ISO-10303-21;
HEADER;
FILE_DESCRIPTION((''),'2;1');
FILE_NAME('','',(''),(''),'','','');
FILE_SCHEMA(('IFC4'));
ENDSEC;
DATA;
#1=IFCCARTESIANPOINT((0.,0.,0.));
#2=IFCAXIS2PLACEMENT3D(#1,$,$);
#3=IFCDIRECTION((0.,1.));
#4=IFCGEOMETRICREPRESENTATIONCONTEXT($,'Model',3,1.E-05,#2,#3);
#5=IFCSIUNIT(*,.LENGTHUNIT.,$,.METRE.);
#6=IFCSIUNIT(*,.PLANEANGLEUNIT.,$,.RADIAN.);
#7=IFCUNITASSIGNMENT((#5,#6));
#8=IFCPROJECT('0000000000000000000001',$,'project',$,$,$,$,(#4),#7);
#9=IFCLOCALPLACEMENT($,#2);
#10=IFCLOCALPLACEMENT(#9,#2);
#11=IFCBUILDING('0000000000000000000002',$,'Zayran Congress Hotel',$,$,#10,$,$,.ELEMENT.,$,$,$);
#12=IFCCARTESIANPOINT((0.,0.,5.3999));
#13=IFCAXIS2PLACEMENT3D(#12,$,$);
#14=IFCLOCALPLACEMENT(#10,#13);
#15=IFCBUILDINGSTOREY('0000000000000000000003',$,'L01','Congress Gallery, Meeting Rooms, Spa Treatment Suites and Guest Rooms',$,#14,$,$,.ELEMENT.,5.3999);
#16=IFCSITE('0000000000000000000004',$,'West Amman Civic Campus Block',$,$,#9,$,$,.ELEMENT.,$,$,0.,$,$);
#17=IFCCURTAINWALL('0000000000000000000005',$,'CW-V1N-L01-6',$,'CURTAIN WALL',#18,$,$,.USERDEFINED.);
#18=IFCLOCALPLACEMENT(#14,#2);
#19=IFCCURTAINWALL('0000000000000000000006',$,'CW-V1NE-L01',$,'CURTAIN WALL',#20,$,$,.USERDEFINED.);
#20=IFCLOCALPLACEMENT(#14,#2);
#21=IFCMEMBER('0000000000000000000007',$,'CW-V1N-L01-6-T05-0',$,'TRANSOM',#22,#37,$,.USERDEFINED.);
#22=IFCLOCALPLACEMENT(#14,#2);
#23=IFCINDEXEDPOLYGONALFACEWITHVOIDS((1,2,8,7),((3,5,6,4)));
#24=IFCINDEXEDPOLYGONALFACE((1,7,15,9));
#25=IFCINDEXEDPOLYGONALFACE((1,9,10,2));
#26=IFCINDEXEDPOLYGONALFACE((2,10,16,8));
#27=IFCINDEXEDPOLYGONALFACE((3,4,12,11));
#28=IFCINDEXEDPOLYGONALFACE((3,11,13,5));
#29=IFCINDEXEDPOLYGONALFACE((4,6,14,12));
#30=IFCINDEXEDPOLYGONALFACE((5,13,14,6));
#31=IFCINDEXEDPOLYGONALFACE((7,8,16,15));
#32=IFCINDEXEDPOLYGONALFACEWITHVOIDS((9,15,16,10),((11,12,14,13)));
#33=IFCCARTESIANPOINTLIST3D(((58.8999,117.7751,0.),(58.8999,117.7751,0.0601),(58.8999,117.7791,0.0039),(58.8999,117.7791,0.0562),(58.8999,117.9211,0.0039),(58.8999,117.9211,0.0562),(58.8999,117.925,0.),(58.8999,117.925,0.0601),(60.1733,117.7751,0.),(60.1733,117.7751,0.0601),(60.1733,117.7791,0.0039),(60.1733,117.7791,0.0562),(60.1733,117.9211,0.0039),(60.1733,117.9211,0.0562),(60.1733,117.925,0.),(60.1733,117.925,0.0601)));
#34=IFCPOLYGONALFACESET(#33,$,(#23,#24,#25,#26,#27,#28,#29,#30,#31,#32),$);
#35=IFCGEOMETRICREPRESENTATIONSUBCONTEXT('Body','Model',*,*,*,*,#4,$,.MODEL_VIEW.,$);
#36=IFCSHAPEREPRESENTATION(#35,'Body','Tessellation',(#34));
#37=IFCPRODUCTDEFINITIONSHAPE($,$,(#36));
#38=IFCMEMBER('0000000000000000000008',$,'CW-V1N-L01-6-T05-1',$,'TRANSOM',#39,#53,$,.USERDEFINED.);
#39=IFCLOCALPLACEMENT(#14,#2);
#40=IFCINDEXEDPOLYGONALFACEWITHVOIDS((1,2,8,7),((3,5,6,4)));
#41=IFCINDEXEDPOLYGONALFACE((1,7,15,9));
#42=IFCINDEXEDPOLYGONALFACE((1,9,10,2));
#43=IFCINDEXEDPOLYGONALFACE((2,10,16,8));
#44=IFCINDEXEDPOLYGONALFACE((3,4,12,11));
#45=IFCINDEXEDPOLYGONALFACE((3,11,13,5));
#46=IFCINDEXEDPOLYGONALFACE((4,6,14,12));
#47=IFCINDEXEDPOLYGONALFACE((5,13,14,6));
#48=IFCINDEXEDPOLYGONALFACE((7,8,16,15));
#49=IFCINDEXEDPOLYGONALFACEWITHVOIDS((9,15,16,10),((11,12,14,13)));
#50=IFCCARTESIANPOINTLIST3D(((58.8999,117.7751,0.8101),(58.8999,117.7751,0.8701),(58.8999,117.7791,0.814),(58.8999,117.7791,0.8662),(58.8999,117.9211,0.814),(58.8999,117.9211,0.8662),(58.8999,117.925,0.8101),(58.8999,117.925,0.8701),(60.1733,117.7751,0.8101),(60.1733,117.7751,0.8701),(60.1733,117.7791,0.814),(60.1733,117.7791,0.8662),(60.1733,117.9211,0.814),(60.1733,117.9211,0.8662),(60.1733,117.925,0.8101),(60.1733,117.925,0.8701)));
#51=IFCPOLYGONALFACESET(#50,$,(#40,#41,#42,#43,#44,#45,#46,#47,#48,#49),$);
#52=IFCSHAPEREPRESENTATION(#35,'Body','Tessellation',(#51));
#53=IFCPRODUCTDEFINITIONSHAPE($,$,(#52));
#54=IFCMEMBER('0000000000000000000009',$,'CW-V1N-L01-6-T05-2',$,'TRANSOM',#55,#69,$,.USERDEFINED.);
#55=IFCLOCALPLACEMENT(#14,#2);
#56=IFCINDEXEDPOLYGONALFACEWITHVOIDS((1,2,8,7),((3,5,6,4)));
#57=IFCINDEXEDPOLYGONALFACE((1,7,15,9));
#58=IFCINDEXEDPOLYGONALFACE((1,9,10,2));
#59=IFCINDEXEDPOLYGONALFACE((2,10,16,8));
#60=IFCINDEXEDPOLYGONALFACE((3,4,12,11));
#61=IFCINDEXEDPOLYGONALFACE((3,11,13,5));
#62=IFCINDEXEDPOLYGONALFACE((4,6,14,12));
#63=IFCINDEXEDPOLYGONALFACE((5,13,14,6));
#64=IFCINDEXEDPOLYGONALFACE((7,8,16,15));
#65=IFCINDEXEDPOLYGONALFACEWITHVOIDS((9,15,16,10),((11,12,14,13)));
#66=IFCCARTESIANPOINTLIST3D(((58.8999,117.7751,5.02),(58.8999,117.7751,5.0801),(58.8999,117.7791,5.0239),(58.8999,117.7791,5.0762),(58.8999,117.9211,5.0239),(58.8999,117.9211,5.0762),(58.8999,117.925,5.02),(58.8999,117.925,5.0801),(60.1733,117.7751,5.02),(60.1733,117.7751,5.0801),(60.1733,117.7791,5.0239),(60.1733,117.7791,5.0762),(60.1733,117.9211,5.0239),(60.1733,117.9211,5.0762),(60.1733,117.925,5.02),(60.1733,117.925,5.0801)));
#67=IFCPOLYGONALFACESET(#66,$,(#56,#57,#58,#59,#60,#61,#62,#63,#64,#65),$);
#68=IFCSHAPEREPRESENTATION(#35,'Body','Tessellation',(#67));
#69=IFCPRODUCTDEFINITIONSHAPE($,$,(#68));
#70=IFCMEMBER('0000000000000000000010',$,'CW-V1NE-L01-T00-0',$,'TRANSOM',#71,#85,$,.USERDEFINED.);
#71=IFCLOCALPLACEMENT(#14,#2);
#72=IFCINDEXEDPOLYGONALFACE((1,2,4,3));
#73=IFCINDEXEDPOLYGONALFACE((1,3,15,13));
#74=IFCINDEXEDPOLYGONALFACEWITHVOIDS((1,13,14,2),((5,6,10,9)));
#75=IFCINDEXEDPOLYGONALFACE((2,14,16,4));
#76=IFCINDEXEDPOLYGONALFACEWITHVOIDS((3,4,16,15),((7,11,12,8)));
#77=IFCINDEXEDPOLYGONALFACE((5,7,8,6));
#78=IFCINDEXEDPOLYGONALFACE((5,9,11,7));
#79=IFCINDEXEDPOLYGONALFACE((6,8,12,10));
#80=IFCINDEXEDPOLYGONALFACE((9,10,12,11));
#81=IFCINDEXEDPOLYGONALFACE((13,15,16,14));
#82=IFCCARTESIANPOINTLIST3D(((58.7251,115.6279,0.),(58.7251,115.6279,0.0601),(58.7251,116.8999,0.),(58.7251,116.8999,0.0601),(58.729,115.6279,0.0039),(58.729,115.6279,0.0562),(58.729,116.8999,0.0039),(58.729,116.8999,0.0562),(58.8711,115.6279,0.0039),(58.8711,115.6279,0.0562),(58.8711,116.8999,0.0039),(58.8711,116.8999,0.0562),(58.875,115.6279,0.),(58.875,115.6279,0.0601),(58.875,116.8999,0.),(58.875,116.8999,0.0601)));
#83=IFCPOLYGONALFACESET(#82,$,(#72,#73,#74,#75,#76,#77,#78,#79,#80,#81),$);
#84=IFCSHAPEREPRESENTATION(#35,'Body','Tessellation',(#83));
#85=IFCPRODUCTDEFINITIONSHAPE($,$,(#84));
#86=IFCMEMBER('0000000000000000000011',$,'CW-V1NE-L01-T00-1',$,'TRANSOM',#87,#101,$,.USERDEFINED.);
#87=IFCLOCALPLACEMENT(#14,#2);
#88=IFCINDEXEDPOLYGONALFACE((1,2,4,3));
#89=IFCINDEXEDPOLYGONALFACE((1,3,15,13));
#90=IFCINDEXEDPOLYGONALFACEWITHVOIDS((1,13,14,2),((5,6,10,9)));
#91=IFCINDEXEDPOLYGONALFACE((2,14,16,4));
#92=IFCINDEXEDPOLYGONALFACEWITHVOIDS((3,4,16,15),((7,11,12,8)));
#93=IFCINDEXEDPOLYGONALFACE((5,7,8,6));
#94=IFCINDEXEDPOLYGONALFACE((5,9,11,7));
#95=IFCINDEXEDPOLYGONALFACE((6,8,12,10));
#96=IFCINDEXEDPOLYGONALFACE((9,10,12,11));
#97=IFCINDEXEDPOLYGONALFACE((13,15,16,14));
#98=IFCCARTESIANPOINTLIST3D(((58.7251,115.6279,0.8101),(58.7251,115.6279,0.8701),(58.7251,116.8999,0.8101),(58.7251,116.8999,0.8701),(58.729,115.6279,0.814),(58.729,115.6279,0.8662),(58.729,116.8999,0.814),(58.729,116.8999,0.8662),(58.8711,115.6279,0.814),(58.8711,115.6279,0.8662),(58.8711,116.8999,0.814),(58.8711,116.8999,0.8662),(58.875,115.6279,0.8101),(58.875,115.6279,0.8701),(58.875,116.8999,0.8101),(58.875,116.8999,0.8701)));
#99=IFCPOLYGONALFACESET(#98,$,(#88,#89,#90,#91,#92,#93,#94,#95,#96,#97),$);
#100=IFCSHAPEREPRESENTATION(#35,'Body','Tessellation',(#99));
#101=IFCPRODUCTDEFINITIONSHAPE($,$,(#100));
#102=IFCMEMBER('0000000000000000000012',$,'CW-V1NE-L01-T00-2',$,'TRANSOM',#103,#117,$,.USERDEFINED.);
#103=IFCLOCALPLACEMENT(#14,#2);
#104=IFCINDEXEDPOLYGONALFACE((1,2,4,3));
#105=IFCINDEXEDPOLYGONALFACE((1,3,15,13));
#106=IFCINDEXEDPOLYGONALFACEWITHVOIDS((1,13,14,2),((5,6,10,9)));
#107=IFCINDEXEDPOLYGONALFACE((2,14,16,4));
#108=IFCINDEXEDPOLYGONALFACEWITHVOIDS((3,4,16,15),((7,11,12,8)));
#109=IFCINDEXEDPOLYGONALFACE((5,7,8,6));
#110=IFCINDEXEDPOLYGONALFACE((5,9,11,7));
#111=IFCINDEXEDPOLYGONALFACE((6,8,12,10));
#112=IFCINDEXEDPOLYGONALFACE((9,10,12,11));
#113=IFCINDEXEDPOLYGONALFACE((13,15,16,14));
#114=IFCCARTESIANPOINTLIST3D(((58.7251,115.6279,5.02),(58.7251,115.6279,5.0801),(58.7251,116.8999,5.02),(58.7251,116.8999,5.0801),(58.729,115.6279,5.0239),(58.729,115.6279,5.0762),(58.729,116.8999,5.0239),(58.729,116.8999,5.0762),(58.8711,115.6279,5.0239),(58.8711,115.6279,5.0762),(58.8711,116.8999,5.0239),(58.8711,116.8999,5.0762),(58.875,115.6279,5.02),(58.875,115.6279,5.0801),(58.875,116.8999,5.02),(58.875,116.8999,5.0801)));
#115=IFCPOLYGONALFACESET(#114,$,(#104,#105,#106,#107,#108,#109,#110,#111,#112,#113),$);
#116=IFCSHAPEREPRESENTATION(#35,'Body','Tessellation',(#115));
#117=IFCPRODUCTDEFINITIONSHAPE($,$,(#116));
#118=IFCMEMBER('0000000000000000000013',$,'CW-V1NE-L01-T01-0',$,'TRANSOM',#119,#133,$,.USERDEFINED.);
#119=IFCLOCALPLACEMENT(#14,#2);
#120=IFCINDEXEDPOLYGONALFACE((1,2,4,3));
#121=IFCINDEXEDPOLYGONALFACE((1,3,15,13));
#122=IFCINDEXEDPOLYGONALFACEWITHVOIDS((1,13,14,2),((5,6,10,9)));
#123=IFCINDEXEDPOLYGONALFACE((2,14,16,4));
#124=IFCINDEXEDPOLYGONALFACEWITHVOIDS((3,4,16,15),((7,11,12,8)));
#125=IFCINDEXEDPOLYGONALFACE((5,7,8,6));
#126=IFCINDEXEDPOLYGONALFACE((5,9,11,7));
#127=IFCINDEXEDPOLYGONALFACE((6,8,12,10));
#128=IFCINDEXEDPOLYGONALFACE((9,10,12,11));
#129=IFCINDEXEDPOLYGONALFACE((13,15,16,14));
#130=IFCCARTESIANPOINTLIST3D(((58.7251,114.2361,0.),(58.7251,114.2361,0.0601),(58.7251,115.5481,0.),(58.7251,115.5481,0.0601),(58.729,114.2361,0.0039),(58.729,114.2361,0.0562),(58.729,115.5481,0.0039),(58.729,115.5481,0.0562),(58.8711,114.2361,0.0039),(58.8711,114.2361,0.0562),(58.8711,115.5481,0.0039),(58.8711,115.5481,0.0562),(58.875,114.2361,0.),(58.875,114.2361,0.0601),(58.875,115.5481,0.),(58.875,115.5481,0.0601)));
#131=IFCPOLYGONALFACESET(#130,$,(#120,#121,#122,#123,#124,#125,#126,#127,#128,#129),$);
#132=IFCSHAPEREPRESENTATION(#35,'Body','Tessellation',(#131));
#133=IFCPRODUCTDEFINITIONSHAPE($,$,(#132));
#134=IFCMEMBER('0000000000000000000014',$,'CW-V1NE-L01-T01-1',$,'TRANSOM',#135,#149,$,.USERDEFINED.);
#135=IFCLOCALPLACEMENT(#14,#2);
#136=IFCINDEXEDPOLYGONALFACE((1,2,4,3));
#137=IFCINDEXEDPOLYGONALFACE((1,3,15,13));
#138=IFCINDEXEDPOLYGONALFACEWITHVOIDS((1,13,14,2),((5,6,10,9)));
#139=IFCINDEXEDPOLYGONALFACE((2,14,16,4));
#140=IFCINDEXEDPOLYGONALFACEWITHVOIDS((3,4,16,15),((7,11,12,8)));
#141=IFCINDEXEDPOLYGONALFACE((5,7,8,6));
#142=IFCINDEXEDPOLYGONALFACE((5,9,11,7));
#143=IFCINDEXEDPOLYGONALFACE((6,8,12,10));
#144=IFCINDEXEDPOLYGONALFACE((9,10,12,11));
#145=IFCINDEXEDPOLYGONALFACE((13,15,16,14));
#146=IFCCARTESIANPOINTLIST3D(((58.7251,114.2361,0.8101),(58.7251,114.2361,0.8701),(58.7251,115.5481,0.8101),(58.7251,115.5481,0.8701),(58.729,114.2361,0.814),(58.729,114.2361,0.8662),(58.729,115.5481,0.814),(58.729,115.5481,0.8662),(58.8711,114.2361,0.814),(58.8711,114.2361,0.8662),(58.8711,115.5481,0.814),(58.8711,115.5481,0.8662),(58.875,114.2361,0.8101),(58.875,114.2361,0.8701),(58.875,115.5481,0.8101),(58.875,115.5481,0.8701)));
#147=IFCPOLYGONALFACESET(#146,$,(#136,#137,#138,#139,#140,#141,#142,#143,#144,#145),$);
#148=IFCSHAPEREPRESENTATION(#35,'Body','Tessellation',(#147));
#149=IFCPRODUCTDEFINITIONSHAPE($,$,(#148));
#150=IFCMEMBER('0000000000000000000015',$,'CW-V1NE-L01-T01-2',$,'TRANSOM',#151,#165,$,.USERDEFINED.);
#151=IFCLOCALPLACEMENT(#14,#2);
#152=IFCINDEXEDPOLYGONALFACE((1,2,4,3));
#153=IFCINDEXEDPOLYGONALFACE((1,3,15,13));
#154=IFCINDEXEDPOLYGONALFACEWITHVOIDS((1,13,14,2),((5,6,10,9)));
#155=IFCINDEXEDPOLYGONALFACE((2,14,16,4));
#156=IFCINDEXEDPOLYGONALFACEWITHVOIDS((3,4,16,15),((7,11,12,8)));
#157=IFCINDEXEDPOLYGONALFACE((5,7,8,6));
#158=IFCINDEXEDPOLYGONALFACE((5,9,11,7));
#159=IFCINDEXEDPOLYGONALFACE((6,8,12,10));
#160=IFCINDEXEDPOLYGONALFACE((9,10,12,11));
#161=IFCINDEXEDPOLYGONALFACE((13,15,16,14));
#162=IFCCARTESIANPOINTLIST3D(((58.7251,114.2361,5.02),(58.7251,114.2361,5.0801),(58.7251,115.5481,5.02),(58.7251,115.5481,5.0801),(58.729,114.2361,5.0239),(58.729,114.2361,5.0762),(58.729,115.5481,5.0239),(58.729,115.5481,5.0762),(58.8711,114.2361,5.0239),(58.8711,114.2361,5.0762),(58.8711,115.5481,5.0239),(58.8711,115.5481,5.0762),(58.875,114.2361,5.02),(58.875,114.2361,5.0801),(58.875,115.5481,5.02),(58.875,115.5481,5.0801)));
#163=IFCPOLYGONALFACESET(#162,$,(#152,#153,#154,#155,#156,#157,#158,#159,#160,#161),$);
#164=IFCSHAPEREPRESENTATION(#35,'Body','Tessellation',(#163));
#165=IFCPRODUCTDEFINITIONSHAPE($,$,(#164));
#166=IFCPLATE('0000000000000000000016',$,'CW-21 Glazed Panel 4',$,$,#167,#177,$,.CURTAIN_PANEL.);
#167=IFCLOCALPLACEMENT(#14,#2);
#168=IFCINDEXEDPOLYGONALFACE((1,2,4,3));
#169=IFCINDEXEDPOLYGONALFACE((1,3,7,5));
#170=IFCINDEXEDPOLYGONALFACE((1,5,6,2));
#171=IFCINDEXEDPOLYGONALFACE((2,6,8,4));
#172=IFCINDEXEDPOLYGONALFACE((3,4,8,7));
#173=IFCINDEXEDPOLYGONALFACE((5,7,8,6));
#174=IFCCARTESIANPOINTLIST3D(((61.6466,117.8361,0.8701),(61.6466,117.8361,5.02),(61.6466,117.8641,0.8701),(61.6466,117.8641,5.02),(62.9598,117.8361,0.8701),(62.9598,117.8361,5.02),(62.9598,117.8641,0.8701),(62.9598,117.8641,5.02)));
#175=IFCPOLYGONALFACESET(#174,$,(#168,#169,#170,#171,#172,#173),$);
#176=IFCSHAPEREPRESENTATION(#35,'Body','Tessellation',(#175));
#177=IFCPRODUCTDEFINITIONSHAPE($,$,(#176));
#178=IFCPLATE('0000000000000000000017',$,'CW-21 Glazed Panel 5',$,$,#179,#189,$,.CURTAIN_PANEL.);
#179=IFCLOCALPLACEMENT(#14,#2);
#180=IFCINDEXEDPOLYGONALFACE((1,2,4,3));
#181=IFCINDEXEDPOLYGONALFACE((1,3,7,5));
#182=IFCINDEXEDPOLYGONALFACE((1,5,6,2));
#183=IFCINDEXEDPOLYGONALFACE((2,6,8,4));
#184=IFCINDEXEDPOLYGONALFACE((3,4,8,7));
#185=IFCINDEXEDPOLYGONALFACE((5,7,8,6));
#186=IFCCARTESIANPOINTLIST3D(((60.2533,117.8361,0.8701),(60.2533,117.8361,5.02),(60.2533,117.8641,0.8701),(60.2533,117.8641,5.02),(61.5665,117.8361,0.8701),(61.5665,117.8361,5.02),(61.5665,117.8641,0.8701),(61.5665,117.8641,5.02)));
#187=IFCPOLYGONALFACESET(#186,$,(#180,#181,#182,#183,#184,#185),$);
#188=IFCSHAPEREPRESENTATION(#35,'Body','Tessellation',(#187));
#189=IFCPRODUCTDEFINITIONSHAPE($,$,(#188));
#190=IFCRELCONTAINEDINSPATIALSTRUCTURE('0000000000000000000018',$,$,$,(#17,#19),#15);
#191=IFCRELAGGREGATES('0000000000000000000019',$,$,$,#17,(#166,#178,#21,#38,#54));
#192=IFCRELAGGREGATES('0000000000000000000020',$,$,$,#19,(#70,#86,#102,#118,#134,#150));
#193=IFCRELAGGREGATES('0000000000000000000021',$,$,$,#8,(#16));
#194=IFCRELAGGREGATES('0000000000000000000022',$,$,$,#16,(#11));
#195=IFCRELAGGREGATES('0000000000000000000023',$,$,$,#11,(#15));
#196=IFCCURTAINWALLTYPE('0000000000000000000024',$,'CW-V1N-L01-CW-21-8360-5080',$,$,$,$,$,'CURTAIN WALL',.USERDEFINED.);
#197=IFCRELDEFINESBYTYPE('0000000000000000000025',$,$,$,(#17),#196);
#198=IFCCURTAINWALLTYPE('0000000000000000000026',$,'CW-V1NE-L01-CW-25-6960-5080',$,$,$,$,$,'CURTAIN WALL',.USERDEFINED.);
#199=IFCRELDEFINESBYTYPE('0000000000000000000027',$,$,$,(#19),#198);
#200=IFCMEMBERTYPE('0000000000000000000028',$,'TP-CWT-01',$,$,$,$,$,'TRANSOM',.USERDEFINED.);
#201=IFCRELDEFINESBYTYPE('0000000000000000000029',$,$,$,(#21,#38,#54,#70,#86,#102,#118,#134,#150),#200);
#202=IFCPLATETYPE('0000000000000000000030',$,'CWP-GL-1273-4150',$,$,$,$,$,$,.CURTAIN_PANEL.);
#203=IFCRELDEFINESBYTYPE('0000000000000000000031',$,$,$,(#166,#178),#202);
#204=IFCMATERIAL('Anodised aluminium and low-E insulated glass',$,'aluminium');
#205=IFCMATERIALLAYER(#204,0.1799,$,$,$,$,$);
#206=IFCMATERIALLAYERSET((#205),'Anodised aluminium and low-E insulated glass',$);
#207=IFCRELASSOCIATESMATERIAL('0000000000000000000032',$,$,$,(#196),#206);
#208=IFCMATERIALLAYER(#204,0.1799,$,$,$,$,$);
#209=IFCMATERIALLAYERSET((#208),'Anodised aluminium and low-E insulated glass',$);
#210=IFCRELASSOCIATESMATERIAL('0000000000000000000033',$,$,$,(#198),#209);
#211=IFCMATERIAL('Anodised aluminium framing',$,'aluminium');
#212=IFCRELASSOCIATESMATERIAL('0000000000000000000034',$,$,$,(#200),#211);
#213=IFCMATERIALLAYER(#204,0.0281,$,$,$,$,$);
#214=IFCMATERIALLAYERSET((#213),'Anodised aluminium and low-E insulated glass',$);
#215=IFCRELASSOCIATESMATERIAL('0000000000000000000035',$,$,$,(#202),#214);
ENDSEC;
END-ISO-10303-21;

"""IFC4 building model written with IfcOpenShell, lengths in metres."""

from ifc_helpers import new_model, si_unit, direction, frame, origin, origin_2d, place, context, subcontext, project, spatial, rectangle, hollow_rectangle, extrude, material, layer, layer_set, material_profile, profile_set, type_object, element, aggregate, save


model = new_model("IFC4")

# Units and contexts
model_context = context("Model", 3, precision=1e-05, world=origin(), true_north=direction((0.0, 1.0)))
body_context = subcontext(model_context, "Body", "Model", "MODEL_VIEW")
ifc_project = project(units=[si_unit("LENGTHUNIT", "METRE"), si_unit("PLANEANGLEUNIT", "RADIAN")], contexts=[model_context])

# Site, building, storey
site_placement = place(None, origin())
site = spatial("IfcSite", under=ifc_project, at=site_placement, Name="West Amman Civic Campus Block", CompositionType="ELEMENT", RefElevation=0.0)
building_placement = place(site_placement, origin())
building = spatial("IfcBuilding", under=site, at=building_placement, Name="Zayran Congress Hotel", CompositionType="ELEMENT")
storey_placement = place(building_placement, frame((0.0, 0.0, 5.3999)))
storey = spatial("IfcBuildingStorey", under=building, at=storey_placement, Name="L01", Description="Congress Gallery, Meeting Rooms, Spa Treatment Suites and Guest Rooms", CompositionType="ELEMENT", Elevation=5.3999)

# Curtain walls
ifc_material_1 = material(Name="Anodised aluminium and low-E insulated glass", Category="aluminium")
ifc_layer_1 = layer(ifc_material_1, 0.1799)
ifc_layer_set_1 = layer_set([ifc_layer_1], Name="Anodised aluminium and low-E insulated glass")
curtain_wall_type_1 = type_object("IfcCurtainWallType", Name="CW-V1N-L01-CW-21-8360-5080", ElementType="CURTAIN WALL", PredefinedType="USERDEFINED", material=ifc_layer_set_1)
curtain_wall_1_placement = place(storey_placement, origin())
curtain_wall_1 = element("IfcCurtainWall", 1, at=curtain_wall_1_placement, inside=storey, type_object=curtain_wall_type_1, Name="CW-V1N-L01-6", ObjectType="CURTAIN WALL", PredefinedType="USERDEFINED")
ifc_material_2 = material(Name="Anodised aluminium framing", Category="aluminium")
ifc_layer_2 = layer(ifc_material_1, 0.1799)
ifc_layer_set_2 = layer_set([ifc_layer_2], Name="Anodised aluminium and low-E insulated glass")
curtain_wall_type_2 = type_object("IfcCurtainWallType", Name="CW-V1NE-L01-CW-25-6960-5080", ElementType="CURTAIN WALL", PredefinedType="USERDEFINED", material=ifc_layer_set_2)
curtain_wall_2_placement = place(storey_placement, origin())
curtain_wall_2 = element("IfcCurtainWall", 2, at=curtain_wall_2_placement, inside=storey, type_object=curtain_wall_type_2, Name="CW-V1NE-L01", ObjectType="CURTAIN WALL", PredefinedType="USERDEFINED")

# Members
ifc_material_profile_1 = material_profile(ifc_material_2, hollow_rectangle(XDim=0.0601, YDim=0.1499, WallThickness=0.0039, at=origin_2d()), Name="RHS 150x60x4")
ifc_profile_set_1 = profile_set([ifc_material_profile_1], Name="Anodised aluminium framing")
member_type_1 = type_object("IfcMemberType", Name="TP-CWT-01", ElementType="TRANSOM", PredefinedType="USERDEFINED", material=ifc_profile_set_1)
member_1_placement = place(storey_placement, frame((60.1733, 117.8501, 0.03), z_axis=(-1.0, 0.0, 0.0), x_axis=(0.0, 0.0, 1.0)))
member_1 = element("IfcMember", 3, at=member_1_placement, type_object=member_type_1, Name="CW-V1N-L01-6-T05-0", ObjectType="TRANSOM", PredefinedType="USERDEFINED", context=body_context, shape_type="SweptSolid", body=[
    extrude(hollow_rectangle(XDim=0.0601, YDim=0.1499, WallThickness=0.0039, at=origin_2d()), origin(), (0.0, 0.0, 1.0), 1.2734),
])
member_2_placement = place(storey_placement, frame((60.1733, 117.8501, 0.8401), z_axis=(-1.0, 0.0, 0.0), x_axis=(0.0, 0.0, 1.0)))
member_2 = element("IfcMember", 4, at=member_2_placement, type_object=member_type_1, Name="CW-V1N-L01-6-T05-1", ObjectType="TRANSOM", PredefinedType="USERDEFINED", context=body_context, shape_type="SweptSolid", body=[
    extrude(hollow_rectangle(XDim=0.0601, YDim=0.1499, WallThickness=0.0039, at=origin_2d()), origin(), (0.0, 0.0, 1.0), 1.2734),
])
member_3_placement = place(storey_placement, frame((60.1733, 117.8501, 5.05), z_axis=(-1.0, 0.0, 0.0), x_axis=(0.0, 0.0, 1.0)))
member_3 = element("IfcMember", 5, at=member_3_placement, type_object=member_type_1, Name="CW-V1N-L01-6-T05-2", ObjectType="TRANSOM", PredefinedType="USERDEFINED", context=body_context, shape_type="SweptSolid", body=[
    extrude(hollow_rectangle(XDim=0.0601, YDim=0.1499, WallThickness=0.0039, at=origin_2d()), origin(), (0.0, 0.0, 1.0), 1.2734),
])
member_4_placement = place(storey_placement, frame((58.8, 116.8999, 0.03), z_axis=(0.0, -1.0, 0.0), x_axis=(0.0, 0.0, 1.0)))
member_4 = element("IfcMember", 6, at=member_4_placement, type_object=member_type_1, Name="CW-V1NE-L01-T00-0", ObjectType="TRANSOM", PredefinedType="USERDEFINED", context=body_context, shape_type="SweptSolid", body=[
    extrude(hollow_rectangle(XDim=0.0601, YDim=0.1499, WallThickness=0.0039, at=origin_2d()), origin(), (0.0, 0.0, 1.0), 1.272),
])
member_5_placement = place(storey_placement, frame((58.8, 116.8999, 0.8401), z_axis=(0.0, -1.0, 0.0), x_axis=(0.0, 0.0, 1.0)))
member_5 = element("IfcMember", 7, at=member_5_placement, type_object=member_type_1, Name="CW-V1NE-L01-T00-1", ObjectType="TRANSOM", PredefinedType="USERDEFINED", context=body_context, shape_type="SweptSolid", body=[
    extrude(hollow_rectangle(XDim=0.0601, YDim=0.1499, WallThickness=0.0039, at=origin_2d()), origin(), (0.0, 0.0, 1.0), 1.272),
])
member_6_placement = place(storey_placement, frame((58.8, 116.8999, 5.05), z_axis=(0.0, -1.0, 0.0), x_axis=(0.0, 0.0, 1.0)))
member_6 = element("IfcMember", 8, at=member_6_placement, type_object=member_type_1, Name="CW-V1NE-L01-T00-2", ObjectType="TRANSOM", PredefinedType="USERDEFINED", context=body_context, shape_type="SweptSolid", body=[
    extrude(hollow_rectangle(XDim=0.0601, YDim=0.1499, WallThickness=0.0039, at=origin_2d()), origin(), (0.0, 0.0, 1.0), 1.272),
])
member_7_placement = place(storey_placement, frame((58.8, 115.5481, 0.03), z_axis=(0.0, -1.0, 0.0), x_axis=(0.0, 0.0, 1.0)))
member_7 = element("IfcMember", 9, at=member_7_placement, type_object=member_type_1, Name="CW-V1NE-L01-T01-0", ObjectType="TRANSOM", PredefinedType="USERDEFINED", context=body_context, shape_type="SweptSolid", body=[
    extrude(hollow_rectangle(XDim=0.0601, YDim=0.1499, WallThickness=0.0039, at=origin_2d()), origin(), (0.0, 0.0, 1.0), 1.312),
])
member_8_placement = place(storey_placement, frame((58.8, 115.5481, 0.8401), z_axis=(0.0, -1.0, 0.0), x_axis=(0.0, 0.0, 1.0)))
member_8 = element("IfcMember", 10, at=member_8_placement, type_object=member_type_1, Name="CW-V1NE-L01-T01-1", ObjectType="TRANSOM", PredefinedType="USERDEFINED", context=body_context, shape_type="SweptSolid", body=[
    extrude(hollow_rectangle(XDim=0.0601, YDim=0.1499, WallThickness=0.0039, at=origin_2d()), origin(), (0.0, 0.0, 1.0), 1.312),
])
member_9_placement = place(storey_placement, frame((58.8, 115.5481, 5.05), z_axis=(0.0, -1.0, 0.0), x_axis=(0.0, 0.0, 1.0)))
member_9 = element("IfcMember", 11, at=member_9_placement, type_object=member_type_1, Name="CW-V1NE-L01-T01-2", ObjectType="TRANSOM", PredefinedType="USERDEFINED", context=body_context, shape_type="SweptSolid", body=[
    extrude(hollow_rectangle(XDim=0.0601, YDim=0.1499, WallThickness=0.0039, at=origin_2d()), origin(), (0.0, 0.0, 1.0), 1.312),
])

# Plates
ifc_layer_3 = layer(ifc_material_1, 0.0281)
ifc_layer_set_3 = layer_set([ifc_layer_3], Name="Anodised aluminium and low-E insulated glass")
plate_type_1 = type_object("IfcPlateType", Name="CWP-GL-1273-4150", PredefinedType="CURTAIN_PANEL", material=ifc_layer_set_3)
plate_1_placement = place(storey_placement, frame((62.3032, 117.8501, 0.8701), z_axis=(0.0, 0.0, 1.0), x_axis=(1.0, 0.0, 0.0)))
plate_1 = element("IfcPlate", 12, at=plate_1_placement, type_object=plate_type_1, Name="CW-21 Glazed Panel 4", PredefinedType="CURTAIN_PANEL", context=body_context, shape_type="SweptSolid", body=[
    extrude(rectangle(XDim=1.3132, YDim=0.0281, at=origin_2d()), origin(), (0.0, 0.0, 1.0), 4.1499),
])
plate_2_placement = place(storey_placement, frame((60.9099, 117.8501, 0.8701), z_axis=(0.0, 0.0, 1.0), x_axis=(1.0, 0.0, 0.0)))
plate_2 = element("IfcPlate", 13, at=plate_2_placement, type_object=plate_type_1, Name="CW-21 Glazed Panel 5", PredefinedType="CURTAIN_PANEL", context=body_context, shape_type="SweptSolid", body=[
    extrude(rectangle(XDim=1.3132, YDim=0.0281, at=origin_2d()), origin(), (0.0, 0.0, 1.0), 4.1499),
])
aggregate(curtain_wall_1, [plate_1, plate_2, member_1, member_2, member_3])
aggregate(curtain_wall_2, [member_4, member_5, member_6, member_7, member_8, member_9])

save(model, "model.ifc")
